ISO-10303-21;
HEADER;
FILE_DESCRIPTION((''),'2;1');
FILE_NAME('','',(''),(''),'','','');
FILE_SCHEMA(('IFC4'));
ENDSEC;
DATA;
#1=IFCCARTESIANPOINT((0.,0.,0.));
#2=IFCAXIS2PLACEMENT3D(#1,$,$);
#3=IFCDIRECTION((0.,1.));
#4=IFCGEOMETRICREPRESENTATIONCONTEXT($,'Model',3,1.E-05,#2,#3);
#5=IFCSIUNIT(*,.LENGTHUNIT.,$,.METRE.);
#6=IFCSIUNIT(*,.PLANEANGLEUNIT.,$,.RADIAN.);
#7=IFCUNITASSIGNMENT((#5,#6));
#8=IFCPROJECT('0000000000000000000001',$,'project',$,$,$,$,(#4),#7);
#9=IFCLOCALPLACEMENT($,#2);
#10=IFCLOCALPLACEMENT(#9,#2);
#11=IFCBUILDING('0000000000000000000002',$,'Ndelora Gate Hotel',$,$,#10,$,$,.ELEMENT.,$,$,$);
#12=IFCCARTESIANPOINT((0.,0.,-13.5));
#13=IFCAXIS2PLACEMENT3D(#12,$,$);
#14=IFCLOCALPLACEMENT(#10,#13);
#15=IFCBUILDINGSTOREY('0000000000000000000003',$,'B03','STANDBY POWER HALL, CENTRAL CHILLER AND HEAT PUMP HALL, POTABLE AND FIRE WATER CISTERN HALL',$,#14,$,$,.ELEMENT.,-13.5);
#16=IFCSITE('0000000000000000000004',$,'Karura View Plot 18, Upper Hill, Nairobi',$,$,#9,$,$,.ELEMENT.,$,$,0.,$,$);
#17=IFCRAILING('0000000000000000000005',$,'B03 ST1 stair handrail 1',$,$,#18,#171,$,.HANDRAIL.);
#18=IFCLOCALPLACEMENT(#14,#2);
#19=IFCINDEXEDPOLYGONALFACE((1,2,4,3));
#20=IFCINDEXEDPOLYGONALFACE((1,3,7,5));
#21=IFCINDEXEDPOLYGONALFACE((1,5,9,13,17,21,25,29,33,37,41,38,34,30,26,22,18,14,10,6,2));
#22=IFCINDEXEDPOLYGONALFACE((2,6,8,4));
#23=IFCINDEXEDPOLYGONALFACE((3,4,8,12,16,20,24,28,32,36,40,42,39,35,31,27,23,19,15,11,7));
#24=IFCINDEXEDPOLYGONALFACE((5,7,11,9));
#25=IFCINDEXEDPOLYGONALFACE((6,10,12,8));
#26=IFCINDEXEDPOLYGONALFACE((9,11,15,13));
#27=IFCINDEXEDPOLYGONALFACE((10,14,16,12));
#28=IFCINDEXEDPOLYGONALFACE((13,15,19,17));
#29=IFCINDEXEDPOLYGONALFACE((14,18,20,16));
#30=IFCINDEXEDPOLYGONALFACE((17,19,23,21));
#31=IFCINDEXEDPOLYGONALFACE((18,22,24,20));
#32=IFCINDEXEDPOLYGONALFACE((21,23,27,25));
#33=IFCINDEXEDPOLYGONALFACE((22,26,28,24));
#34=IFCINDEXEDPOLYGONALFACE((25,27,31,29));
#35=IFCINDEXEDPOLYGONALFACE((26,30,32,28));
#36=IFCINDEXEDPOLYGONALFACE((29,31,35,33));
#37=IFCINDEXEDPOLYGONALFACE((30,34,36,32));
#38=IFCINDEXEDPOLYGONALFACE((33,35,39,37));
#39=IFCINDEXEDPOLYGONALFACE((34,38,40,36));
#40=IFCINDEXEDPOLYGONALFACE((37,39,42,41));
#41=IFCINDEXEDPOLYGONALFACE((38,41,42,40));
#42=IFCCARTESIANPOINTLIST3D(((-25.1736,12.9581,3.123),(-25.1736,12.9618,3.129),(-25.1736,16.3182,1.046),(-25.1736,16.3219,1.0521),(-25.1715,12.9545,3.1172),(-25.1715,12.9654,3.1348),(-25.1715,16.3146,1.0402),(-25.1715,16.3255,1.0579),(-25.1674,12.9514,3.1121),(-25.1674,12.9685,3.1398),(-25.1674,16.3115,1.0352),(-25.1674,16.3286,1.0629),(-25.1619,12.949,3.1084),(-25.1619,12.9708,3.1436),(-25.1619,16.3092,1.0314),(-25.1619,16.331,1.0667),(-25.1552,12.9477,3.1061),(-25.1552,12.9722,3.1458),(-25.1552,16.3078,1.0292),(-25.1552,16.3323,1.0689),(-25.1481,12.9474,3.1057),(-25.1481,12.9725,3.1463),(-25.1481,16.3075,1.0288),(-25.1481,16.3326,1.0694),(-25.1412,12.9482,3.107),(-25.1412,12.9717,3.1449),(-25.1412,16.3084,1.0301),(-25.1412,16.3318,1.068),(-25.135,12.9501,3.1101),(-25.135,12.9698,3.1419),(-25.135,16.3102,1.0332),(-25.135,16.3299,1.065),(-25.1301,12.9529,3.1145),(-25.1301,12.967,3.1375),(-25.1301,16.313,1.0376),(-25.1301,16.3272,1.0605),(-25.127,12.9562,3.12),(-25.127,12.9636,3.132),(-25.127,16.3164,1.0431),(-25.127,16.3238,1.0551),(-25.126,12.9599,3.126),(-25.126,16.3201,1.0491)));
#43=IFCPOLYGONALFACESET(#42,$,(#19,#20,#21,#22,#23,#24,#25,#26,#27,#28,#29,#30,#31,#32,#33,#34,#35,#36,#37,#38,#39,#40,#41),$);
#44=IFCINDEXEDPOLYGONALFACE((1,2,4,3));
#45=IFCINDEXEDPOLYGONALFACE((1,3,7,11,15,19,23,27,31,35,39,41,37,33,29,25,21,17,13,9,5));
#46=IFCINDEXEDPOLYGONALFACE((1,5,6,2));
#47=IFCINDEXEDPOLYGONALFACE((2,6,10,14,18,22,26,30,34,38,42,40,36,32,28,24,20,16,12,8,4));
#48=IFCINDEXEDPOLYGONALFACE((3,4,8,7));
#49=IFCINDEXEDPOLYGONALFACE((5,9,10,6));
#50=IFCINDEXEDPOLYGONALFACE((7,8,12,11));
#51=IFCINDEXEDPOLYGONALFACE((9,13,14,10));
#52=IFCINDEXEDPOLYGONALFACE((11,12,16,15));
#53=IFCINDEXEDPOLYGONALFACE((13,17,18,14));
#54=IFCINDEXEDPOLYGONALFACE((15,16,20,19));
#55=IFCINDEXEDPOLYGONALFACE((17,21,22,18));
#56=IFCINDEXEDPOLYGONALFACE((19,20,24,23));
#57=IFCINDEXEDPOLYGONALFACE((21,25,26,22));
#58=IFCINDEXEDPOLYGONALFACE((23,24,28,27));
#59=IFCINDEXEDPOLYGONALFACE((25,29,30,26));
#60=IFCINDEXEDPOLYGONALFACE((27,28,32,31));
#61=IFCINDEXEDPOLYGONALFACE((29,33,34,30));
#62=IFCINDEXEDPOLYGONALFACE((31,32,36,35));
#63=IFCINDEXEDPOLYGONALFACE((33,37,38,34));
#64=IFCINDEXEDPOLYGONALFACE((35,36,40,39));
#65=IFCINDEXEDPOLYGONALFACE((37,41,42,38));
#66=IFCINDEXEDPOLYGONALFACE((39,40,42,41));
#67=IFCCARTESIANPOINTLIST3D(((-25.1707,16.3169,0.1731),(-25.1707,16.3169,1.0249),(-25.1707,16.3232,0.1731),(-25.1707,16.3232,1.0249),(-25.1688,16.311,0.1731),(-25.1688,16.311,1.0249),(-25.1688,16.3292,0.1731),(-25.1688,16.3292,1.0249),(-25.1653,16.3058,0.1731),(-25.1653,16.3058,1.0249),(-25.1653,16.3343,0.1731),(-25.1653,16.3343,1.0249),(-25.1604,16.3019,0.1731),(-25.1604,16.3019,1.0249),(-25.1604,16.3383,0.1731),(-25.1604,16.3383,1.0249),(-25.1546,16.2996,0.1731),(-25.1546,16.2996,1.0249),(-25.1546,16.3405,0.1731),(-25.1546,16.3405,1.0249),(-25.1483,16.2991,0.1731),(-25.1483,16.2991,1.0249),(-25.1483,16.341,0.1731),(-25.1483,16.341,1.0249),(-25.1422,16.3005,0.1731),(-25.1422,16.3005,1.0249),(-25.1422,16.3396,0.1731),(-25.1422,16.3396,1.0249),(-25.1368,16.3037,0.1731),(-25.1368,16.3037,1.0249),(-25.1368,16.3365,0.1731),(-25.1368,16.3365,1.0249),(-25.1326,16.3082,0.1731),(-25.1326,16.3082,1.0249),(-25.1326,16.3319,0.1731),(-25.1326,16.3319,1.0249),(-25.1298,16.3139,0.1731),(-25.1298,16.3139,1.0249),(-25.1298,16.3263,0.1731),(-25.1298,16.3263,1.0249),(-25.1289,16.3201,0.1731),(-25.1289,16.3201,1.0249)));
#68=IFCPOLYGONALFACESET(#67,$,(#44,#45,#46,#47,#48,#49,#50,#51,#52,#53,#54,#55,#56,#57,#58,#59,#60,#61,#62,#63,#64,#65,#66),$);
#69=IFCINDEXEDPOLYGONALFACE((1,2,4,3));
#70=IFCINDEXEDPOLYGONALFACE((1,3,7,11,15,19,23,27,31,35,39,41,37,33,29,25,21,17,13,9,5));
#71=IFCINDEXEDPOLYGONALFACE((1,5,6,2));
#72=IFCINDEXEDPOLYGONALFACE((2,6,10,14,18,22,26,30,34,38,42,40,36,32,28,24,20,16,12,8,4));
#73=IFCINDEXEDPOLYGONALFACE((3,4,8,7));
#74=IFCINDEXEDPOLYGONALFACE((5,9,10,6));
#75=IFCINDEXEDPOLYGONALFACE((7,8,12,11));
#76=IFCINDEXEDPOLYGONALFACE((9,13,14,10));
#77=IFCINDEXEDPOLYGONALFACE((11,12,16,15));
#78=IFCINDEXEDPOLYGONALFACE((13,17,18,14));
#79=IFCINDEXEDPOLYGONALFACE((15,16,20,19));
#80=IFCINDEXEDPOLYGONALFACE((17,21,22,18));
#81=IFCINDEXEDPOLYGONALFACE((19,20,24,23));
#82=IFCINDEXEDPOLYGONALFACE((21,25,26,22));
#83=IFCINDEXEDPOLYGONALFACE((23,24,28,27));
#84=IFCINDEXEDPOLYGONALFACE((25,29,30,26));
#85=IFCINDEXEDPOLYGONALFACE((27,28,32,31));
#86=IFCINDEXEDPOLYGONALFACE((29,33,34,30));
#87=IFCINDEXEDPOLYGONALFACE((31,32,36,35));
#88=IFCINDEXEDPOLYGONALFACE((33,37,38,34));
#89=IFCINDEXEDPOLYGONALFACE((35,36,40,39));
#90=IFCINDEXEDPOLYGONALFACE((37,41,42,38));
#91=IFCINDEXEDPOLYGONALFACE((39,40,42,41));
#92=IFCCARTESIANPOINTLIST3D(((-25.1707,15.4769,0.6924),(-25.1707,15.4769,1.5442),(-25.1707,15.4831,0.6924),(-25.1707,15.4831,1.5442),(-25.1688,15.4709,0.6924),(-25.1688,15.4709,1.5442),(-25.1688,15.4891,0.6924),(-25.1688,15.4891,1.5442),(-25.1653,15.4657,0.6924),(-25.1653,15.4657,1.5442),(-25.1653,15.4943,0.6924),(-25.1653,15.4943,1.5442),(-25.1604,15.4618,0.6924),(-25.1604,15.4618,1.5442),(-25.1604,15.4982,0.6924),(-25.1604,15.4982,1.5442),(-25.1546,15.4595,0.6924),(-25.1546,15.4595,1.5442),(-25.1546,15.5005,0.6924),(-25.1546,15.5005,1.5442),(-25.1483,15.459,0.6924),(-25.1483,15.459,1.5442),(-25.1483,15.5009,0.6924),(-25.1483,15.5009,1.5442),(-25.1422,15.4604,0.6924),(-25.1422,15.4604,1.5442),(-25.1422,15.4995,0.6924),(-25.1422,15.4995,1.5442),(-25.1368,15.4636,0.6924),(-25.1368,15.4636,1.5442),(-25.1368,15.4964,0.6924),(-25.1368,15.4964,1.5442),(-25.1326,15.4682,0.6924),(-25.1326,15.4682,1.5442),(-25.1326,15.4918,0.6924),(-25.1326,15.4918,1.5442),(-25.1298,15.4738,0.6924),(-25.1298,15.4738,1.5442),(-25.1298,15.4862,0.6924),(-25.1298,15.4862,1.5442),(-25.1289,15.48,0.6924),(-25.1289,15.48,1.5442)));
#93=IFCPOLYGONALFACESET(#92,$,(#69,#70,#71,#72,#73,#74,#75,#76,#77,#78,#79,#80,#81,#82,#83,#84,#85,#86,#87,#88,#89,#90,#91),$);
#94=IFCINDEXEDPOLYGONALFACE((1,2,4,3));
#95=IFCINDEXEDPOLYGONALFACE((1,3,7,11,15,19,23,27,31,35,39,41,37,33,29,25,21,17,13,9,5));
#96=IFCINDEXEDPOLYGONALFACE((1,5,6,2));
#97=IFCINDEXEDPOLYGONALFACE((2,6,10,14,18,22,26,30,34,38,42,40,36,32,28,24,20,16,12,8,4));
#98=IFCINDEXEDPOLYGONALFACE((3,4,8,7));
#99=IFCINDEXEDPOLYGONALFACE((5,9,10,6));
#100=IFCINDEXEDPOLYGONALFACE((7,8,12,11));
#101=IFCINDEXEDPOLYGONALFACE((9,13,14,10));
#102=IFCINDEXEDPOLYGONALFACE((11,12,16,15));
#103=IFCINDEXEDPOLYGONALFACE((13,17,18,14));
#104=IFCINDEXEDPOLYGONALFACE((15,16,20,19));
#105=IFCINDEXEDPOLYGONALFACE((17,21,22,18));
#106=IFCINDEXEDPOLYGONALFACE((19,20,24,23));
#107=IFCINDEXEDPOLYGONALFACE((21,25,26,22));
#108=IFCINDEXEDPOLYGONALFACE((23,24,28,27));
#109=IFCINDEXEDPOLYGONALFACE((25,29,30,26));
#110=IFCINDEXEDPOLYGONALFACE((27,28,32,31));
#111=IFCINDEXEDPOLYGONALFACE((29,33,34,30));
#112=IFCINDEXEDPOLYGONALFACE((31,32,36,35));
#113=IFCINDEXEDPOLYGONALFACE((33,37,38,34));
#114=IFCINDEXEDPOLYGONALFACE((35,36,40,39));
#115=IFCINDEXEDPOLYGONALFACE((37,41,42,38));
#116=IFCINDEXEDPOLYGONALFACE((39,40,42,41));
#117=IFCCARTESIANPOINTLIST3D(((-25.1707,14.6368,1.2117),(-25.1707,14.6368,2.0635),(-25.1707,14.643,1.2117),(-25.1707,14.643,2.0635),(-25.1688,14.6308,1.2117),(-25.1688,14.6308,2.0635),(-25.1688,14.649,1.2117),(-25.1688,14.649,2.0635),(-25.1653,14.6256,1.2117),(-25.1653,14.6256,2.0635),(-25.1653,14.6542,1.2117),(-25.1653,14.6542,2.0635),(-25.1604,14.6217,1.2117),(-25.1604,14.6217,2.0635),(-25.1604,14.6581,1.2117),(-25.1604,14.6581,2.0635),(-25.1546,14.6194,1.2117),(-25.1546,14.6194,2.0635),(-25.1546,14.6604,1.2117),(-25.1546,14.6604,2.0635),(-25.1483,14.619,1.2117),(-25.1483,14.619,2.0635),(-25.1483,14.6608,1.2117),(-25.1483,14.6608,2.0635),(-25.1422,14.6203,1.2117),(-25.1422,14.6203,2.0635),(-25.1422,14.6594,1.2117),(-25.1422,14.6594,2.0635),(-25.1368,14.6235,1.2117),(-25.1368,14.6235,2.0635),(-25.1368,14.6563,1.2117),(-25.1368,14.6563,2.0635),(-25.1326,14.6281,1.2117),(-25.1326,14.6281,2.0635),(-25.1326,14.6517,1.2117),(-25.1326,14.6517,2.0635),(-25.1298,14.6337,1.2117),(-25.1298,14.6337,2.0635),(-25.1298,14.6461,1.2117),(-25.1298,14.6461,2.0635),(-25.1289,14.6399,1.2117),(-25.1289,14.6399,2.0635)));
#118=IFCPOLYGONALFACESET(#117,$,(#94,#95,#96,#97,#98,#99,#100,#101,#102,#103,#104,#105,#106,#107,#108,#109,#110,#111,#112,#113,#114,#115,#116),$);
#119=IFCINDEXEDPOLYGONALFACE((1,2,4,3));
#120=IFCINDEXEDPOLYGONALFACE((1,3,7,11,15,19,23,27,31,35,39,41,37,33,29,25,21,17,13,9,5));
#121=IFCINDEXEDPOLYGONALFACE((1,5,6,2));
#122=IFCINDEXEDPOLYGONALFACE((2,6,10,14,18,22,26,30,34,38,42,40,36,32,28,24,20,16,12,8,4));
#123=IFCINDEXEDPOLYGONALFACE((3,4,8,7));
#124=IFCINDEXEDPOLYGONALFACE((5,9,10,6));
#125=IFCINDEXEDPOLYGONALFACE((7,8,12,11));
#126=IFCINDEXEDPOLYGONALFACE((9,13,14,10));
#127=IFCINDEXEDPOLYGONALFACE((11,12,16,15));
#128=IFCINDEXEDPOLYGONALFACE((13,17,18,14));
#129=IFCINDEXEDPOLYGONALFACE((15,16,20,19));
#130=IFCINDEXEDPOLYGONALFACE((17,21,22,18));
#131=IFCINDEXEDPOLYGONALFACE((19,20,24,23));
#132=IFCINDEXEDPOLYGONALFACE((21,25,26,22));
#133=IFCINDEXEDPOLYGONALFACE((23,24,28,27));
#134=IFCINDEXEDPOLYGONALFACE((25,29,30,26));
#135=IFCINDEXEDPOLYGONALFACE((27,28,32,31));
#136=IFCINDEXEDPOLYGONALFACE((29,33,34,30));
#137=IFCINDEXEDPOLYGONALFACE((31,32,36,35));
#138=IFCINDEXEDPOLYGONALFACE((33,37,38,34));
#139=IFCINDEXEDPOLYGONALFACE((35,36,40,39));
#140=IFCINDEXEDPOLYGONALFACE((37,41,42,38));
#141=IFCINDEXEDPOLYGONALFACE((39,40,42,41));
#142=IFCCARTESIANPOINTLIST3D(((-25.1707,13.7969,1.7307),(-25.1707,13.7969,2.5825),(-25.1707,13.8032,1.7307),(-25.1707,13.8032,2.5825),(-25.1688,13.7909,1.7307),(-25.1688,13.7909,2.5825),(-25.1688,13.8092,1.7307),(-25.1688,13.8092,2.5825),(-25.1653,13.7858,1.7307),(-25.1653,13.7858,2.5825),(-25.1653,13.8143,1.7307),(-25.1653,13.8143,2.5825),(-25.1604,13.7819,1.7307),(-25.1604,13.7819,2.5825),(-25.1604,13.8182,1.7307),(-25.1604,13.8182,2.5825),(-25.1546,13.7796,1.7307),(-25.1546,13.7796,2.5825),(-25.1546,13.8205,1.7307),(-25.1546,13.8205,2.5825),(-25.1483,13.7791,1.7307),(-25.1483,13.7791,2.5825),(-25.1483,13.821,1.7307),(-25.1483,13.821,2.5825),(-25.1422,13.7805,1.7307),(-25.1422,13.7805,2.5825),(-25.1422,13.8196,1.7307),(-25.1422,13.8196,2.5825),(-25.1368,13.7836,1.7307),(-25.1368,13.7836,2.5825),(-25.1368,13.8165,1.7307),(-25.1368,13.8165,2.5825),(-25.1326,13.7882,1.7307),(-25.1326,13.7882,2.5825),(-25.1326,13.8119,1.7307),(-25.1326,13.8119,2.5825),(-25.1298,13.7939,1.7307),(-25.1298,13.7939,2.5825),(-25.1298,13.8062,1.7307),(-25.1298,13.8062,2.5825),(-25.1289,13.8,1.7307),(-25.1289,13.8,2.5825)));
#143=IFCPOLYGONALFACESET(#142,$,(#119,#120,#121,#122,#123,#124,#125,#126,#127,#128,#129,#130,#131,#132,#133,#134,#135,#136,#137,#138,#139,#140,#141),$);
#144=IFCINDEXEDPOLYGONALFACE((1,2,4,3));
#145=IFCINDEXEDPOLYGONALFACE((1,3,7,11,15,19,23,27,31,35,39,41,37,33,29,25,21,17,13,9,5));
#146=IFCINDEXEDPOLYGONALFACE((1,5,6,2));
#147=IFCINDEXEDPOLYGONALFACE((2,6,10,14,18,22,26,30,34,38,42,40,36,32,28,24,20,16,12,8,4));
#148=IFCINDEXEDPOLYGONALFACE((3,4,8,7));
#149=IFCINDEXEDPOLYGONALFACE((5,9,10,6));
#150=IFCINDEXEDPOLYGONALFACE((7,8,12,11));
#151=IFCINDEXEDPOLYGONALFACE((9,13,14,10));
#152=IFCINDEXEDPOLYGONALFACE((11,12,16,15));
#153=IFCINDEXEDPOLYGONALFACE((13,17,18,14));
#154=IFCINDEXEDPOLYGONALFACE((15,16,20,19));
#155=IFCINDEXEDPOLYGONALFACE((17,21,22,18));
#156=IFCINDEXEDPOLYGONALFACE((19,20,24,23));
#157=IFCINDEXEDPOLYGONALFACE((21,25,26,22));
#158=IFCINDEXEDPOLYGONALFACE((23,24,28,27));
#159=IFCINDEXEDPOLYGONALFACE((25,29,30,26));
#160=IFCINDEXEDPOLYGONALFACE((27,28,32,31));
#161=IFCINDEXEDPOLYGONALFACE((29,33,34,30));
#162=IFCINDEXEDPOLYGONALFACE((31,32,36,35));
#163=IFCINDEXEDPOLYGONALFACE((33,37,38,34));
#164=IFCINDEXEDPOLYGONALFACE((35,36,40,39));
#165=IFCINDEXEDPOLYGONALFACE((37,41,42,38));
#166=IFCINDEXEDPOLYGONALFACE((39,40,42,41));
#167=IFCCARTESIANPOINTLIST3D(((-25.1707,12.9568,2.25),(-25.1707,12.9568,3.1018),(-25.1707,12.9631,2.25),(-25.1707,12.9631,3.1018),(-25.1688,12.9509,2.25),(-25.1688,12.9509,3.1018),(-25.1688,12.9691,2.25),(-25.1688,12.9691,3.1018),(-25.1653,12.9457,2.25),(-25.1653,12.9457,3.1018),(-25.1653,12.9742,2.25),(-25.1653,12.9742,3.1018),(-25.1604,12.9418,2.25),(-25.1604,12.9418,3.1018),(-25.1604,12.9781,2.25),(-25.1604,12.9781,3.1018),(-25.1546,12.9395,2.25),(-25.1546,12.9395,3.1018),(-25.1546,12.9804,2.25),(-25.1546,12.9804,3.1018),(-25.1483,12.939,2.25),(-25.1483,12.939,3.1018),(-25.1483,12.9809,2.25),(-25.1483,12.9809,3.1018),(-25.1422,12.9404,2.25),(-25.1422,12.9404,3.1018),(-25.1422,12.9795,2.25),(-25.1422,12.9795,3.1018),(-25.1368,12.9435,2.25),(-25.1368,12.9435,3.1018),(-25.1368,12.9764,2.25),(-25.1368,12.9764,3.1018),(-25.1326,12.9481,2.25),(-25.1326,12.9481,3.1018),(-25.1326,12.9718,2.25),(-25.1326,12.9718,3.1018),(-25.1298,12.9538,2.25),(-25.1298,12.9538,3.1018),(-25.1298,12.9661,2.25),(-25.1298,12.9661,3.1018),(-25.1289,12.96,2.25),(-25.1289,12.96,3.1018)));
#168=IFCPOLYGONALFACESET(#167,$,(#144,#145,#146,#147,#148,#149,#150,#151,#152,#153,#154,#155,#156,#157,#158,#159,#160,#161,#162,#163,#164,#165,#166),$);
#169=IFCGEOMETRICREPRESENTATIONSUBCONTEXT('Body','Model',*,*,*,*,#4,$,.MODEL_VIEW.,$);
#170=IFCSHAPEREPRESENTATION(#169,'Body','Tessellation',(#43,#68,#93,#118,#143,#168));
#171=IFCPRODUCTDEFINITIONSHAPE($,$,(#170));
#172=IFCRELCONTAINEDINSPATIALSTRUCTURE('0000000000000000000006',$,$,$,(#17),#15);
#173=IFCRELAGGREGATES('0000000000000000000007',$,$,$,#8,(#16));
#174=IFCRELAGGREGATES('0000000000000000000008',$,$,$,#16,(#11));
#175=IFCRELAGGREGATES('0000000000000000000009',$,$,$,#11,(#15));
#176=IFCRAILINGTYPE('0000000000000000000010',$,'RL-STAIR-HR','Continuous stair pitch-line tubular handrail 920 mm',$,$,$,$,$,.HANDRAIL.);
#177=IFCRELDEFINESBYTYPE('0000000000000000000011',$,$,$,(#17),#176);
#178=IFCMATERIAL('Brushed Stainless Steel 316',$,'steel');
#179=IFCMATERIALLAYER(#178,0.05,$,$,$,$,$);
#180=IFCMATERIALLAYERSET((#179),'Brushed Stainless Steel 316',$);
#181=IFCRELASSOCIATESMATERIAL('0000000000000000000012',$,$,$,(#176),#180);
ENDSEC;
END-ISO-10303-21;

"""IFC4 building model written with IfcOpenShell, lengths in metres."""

from ifc_helpers import new_model, si_unit, direction, frame, origin, origin_2d, place, context, subcontext, project, spatial, circle, extrude, material, layer, layer_set, type_object, element, save


model = new_model("IFC4")

# Units and contexts
model_context = context("Model", 3, precision=1e-05, world=origin(), true_north=direction((0.0, 1.0)))
body_context = subcontext(model_context, "Body", "Model", "MODEL_VIEW")
ifc_project = project(units=[si_unit("LENGTHUNIT", "METRE"), si_unit("PLANEANGLEUNIT", "RADIAN")], contexts=[model_context])

# Site, building, storey
site_placement = place(None, origin())
site = spatial("IfcSite", under=ifc_project, at=site_placement, Name="Karura View Plot 18, Upper Hill, Nairobi", CompositionType="ELEMENT", RefElevation=0.0)
building_placement = place(site_placement, origin())
building = spatial("IfcBuilding", under=site, at=building_placement, Name="Ndelora Gate Hotel", CompositionType="ELEMENT")
storey_placement = place(building_placement, frame((0.0, 0.0, -13.5)))
storey = spatial("IfcBuildingStorey", under=building, at=storey_placement, Name="B03", Description="STANDBY POWER HALL, CENTRAL CHILLER AND HEAT PUMP HALL, POTABLE AND FIRE WATER CISTERN HALL", CompositionType="ELEMENT", Elevation=-13.5)

# Railing
ifc_material_1 = material(Name="Brushed Stainless Steel 316", Category="steel")
ifc_layer_1 = layer(ifc_material_1, 0.05)
ifc_layer_set_1 = layer_set([ifc_layer_1], Name="Brushed Stainless Steel 316")
railing_type_1 = type_object("IfcRailingType", Name="RL-STAIR-HR", Description="Continuous stair pitch-line tubular handrail 920 mm", PredefinedType="HANDRAIL", material=ifc_layer_set_1)
railing_1_placement = place(storey_placement, frame((-25.1499, 16.3201, 0.1731)))
element("IfcRailing", 1, at=railing_1_placement, inside=storey, type_object=railing_type_1, Name="B03 ST1 stair handrail 1", PredefinedType="HANDRAIL", context=body_context, shape_type="SweptSolid", body=[
    extrude(circle(Radius=0.0239, at=origin_2d()), frame((0.0, 0.0, 0.876), z_axis=(0.0, -0.850623, 0.525776), x_axis=(1.0, 0.0, 0.0)), (0.0, 0.0, 1.0), 3.9502),
    extrude(circle(Radius=0.021, at=origin_2d()), origin(), (0.0, 0.0, 1.0), 0.8518),
    extrude(circle(Radius=0.021, at=origin_2d()), frame((0.0, -0.8401, 0.5193)), (0.0, 0.0, 1.0), 0.8518),
    extrude(circle(Radius=0.021, at=origin_2d()), frame((0.0, -1.6802, 1.0386)), (0.0, 0.0, 1.0), 0.8518),
    extrude(circle(Radius=0.021, at=origin_2d()), frame((0.0, -2.52, 1.5576)), (0.0, 0.0, 1.0), 0.8518),
    extrude(circle(Radius=0.021, at=origin_2d()), frame((0.0, -3.3601, 2.0769)), (0.0, 0.0, 1.0), 0.8518),
])

save(model, "model.ifc")
